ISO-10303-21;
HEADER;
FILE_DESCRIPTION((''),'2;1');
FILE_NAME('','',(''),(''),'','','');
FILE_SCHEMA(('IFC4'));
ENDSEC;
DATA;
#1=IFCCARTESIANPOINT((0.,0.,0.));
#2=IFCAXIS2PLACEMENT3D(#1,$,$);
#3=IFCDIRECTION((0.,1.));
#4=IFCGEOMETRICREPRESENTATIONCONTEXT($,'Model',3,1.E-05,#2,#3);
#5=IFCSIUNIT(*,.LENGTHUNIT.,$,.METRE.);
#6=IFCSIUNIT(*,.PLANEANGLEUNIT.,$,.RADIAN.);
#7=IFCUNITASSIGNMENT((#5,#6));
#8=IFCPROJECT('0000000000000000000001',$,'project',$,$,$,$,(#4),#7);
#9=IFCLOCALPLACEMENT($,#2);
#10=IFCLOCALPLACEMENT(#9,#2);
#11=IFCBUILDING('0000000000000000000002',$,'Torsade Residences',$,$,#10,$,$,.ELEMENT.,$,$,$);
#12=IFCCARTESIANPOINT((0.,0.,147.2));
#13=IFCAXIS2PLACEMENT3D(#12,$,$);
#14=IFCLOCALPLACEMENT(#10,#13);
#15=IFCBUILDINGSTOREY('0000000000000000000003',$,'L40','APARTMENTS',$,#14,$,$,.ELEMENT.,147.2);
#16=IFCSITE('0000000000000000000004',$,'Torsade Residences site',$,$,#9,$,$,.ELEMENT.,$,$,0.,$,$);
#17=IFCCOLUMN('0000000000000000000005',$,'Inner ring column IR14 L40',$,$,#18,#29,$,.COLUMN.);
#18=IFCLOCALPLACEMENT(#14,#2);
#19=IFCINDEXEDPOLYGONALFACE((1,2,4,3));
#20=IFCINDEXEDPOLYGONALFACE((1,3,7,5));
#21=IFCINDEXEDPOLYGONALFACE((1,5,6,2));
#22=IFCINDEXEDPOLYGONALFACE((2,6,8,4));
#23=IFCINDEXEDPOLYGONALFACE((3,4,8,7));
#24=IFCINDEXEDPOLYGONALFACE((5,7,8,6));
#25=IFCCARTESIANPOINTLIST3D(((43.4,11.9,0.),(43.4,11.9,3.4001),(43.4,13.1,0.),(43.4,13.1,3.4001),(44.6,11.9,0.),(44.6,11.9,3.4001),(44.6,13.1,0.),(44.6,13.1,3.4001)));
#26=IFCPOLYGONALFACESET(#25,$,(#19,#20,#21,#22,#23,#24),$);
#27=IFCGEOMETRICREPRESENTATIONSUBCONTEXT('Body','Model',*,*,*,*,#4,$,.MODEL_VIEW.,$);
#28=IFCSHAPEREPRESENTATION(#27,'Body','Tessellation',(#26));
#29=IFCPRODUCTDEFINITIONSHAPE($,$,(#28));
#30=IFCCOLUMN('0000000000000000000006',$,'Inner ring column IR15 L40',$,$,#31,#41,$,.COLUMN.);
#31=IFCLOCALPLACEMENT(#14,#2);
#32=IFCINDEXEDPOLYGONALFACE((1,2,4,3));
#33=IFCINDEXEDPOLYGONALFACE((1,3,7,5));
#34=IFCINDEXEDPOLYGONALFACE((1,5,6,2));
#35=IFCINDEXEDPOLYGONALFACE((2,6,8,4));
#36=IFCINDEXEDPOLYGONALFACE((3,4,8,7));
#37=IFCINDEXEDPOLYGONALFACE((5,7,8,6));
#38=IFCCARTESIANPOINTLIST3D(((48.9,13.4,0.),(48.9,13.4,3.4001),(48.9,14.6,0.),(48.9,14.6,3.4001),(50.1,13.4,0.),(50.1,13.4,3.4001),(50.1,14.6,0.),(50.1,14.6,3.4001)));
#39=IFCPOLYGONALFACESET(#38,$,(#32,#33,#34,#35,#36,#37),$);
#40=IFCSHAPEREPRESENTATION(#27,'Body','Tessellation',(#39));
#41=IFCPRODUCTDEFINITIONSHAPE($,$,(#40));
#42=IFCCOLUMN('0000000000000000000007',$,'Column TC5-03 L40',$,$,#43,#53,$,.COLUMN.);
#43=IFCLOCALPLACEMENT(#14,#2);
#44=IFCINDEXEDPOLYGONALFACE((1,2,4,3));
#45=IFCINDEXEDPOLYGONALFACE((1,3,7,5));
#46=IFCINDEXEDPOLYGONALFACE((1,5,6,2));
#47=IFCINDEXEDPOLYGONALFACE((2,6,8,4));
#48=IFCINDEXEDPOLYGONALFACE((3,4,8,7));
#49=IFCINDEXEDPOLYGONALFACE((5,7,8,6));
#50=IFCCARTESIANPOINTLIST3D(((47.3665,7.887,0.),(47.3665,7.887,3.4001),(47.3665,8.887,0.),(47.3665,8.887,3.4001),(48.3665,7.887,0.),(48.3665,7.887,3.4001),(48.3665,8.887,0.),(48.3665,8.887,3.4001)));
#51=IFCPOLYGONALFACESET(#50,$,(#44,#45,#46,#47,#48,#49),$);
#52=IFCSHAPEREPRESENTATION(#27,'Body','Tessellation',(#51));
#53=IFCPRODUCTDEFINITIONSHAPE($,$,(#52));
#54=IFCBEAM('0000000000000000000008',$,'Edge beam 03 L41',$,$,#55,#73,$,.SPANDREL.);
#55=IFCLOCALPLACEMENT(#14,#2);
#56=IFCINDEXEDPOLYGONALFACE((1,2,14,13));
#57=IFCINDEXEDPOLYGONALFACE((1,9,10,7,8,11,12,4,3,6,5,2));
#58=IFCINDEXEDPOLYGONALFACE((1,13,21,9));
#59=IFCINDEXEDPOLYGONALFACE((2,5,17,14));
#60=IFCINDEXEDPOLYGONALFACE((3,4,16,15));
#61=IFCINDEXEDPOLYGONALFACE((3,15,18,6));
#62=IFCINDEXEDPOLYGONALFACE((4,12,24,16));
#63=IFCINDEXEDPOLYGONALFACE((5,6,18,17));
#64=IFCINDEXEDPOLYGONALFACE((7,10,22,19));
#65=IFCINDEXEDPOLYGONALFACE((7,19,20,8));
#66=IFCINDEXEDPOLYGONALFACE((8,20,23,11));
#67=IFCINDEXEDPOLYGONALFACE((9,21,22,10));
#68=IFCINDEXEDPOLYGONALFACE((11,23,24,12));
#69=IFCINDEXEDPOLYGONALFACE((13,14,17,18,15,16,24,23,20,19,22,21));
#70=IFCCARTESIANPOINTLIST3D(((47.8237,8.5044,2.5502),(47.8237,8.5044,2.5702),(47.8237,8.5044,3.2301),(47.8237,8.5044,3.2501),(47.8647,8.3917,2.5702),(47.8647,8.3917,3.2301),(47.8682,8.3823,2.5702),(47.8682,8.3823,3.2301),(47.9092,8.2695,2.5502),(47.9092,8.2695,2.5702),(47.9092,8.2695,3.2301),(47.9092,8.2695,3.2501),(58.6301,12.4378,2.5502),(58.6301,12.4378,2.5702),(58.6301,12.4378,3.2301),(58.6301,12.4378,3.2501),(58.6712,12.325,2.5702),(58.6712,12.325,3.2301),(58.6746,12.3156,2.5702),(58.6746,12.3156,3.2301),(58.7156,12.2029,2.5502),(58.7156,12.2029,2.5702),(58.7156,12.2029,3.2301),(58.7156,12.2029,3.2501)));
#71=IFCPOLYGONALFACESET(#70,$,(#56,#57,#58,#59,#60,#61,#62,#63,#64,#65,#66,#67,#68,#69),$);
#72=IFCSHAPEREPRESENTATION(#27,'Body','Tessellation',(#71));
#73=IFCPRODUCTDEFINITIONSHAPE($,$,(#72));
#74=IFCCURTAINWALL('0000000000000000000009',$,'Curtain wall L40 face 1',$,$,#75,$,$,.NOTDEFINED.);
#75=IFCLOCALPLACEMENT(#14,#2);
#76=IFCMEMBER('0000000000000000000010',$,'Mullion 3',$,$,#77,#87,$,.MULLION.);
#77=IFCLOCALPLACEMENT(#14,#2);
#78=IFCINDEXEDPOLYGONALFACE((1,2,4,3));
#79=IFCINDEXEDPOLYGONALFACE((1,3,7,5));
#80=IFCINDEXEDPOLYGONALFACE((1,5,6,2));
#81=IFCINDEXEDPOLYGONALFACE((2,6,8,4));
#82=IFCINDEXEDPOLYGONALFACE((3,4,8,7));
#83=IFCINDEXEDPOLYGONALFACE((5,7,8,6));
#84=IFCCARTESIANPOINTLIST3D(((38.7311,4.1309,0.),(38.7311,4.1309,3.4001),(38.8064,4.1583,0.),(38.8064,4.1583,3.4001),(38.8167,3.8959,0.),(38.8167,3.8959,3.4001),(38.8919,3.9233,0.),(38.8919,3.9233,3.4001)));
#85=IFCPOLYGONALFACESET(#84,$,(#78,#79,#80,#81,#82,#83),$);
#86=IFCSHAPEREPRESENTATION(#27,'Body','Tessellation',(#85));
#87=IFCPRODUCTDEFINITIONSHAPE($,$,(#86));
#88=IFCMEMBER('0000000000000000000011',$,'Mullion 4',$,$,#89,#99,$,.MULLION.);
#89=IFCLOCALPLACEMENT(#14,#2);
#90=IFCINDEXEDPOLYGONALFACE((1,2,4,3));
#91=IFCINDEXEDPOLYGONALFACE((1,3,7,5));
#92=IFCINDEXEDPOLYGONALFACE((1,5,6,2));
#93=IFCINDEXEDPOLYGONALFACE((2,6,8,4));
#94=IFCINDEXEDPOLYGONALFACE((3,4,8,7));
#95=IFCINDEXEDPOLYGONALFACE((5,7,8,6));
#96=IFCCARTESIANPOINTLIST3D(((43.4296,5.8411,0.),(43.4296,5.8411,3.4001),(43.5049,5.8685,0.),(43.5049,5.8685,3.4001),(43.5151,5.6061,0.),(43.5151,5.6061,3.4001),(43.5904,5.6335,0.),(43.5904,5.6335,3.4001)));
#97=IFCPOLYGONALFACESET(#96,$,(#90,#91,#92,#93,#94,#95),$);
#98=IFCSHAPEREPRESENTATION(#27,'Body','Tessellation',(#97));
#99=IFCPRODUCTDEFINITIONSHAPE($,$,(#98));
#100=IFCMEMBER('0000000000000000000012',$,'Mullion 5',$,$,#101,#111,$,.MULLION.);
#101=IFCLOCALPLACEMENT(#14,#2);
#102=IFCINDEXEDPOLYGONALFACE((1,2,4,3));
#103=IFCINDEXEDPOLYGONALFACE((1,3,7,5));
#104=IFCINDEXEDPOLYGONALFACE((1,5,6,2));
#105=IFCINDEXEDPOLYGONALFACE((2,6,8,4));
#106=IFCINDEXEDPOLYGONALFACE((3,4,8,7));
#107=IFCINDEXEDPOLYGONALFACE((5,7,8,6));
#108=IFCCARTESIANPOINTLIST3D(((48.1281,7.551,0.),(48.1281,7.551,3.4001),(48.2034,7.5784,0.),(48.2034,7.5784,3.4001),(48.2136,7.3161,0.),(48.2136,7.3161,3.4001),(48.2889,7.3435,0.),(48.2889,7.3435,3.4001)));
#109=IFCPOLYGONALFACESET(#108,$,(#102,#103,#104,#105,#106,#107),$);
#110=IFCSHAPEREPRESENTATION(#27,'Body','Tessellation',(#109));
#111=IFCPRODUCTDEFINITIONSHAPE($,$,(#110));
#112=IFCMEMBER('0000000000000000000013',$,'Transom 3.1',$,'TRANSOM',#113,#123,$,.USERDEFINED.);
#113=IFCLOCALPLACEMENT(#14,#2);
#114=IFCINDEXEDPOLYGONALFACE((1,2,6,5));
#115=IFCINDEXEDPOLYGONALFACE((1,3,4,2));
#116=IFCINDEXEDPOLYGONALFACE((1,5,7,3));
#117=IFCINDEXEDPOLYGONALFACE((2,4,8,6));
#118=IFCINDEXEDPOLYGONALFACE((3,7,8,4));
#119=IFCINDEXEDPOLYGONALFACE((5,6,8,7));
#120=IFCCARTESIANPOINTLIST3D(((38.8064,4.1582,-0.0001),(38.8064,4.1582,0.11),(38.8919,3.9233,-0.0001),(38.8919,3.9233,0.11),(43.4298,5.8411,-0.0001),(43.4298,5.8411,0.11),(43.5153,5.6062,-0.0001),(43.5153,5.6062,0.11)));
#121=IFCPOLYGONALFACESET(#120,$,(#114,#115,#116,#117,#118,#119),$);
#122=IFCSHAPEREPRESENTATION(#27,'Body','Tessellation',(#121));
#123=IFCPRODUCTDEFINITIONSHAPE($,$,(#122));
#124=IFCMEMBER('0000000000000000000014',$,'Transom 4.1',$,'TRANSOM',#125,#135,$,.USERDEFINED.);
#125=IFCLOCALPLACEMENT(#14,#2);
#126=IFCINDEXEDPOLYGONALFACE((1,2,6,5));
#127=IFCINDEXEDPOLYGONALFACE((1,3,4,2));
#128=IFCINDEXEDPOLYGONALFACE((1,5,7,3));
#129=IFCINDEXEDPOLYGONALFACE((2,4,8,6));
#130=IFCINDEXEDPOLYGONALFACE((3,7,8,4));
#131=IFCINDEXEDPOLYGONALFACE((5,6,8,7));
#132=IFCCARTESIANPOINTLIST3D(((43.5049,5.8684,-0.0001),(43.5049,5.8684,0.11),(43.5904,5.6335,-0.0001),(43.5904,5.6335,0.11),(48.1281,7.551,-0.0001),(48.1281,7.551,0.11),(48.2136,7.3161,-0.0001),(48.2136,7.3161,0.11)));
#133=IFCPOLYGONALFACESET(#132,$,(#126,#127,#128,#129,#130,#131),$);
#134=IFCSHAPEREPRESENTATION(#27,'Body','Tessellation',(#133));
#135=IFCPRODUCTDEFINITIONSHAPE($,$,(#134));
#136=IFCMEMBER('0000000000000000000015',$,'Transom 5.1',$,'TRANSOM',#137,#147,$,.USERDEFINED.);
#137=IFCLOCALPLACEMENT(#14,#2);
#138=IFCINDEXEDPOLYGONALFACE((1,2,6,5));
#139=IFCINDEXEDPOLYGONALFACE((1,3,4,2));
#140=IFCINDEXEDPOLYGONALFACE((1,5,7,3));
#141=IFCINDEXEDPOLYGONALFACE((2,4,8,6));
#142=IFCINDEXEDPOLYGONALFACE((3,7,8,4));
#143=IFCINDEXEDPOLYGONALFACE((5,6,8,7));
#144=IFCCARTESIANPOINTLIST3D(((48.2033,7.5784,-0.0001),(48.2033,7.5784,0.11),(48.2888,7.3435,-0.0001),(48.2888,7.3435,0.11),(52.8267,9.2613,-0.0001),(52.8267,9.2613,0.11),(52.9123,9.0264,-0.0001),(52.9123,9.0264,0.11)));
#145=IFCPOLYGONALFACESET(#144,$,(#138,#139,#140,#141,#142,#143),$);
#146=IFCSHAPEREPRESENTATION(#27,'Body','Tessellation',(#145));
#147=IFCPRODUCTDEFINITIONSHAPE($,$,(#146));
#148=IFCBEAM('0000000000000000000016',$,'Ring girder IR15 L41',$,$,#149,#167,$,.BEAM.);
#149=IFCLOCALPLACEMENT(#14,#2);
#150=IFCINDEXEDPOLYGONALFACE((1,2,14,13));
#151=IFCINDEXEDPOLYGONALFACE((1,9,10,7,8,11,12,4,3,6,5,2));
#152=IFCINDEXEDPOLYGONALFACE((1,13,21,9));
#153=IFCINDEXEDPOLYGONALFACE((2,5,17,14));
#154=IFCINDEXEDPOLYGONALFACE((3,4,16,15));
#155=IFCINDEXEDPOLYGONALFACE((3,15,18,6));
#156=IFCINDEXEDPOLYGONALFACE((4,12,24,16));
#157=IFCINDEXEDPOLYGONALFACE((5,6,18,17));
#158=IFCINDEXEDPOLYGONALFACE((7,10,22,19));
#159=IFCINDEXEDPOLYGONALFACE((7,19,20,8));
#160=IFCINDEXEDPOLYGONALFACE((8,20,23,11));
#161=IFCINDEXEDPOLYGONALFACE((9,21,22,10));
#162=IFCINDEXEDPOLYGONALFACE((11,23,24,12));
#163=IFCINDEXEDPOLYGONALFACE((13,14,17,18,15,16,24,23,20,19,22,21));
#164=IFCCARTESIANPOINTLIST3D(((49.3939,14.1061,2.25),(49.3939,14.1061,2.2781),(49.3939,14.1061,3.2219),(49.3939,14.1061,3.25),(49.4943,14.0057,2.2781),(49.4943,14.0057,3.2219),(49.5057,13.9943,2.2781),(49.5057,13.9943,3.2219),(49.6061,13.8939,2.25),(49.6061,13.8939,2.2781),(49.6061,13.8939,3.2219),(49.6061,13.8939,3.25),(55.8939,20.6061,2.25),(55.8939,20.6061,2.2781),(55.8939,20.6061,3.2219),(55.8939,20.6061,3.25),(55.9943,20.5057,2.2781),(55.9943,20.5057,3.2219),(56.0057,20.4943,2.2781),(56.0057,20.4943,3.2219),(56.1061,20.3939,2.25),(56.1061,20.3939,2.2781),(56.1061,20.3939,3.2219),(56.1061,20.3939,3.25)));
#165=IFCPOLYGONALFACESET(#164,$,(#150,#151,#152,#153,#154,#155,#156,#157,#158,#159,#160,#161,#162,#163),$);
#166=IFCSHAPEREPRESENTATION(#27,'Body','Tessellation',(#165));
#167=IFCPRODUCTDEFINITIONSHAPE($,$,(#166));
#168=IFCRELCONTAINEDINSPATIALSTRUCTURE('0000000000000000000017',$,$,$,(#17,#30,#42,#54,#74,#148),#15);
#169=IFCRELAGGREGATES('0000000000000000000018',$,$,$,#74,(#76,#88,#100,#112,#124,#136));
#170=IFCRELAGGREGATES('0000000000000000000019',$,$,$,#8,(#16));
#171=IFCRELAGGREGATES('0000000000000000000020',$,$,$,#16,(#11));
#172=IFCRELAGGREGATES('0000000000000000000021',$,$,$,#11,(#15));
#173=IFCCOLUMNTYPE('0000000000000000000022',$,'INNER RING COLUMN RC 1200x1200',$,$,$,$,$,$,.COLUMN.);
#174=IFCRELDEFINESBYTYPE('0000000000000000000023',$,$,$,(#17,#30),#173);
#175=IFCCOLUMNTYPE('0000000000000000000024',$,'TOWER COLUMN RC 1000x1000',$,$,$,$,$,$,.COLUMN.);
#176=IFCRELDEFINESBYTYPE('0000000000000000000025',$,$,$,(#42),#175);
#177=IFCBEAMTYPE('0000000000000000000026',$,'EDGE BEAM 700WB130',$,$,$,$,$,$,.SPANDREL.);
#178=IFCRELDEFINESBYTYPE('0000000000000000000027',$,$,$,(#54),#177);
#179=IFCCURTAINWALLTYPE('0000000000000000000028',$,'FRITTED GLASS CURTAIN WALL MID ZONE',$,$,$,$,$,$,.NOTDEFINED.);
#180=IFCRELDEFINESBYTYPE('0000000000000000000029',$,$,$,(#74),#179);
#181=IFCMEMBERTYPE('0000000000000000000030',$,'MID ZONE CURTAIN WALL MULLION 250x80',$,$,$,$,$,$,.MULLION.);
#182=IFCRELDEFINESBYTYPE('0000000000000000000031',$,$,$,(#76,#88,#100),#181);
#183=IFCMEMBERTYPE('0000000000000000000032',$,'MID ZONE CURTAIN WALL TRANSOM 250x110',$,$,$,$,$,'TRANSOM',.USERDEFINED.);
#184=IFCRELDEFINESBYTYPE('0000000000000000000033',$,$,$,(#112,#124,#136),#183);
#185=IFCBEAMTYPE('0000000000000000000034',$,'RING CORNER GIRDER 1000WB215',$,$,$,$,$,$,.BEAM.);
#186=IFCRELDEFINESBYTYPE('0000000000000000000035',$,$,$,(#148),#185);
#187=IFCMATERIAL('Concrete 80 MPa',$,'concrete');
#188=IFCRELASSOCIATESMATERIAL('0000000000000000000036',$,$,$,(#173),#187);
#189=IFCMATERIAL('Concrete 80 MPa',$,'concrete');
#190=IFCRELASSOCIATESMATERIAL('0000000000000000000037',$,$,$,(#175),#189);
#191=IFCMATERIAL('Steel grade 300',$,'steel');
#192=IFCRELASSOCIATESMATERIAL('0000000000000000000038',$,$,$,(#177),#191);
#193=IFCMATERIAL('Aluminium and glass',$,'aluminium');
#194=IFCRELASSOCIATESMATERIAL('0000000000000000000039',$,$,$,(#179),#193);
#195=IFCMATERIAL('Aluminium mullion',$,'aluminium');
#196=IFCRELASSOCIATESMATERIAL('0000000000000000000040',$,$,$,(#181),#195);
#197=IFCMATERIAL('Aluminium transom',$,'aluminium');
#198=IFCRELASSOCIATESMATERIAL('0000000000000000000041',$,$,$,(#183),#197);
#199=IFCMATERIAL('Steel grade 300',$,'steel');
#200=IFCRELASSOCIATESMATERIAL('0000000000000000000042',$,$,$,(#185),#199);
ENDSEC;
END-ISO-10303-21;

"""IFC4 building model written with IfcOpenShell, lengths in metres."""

from ifc_helpers import new_model, si_unit, direction, frame, origin, origin_2d, place, context, subcontext, project, spatial, rectangle, i_section, extrude, material, material_profile, profile_set, type_object, element, aggregate, save


model = new_model("IFC4")

# Units and contexts
model_context = context("Model", 3, precision=1e-05, world=origin(), true_north=direction((0.0, 1.0)))
body_context = subcontext(model_context, "Body", "Model", "MODEL_VIEW")
ifc_project = project(units=[si_unit("LENGTHUNIT", "METRE"), si_unit("PLANEANGLEUNIT", "RADIAN")], contexts=[model_context])

# Site, building, storey
site_placement = place(None, origin())
site = spatial("IfcSite", under=ifc_project, at=site_placement, Name="Torsade Residences site", CompositionType="ELEMENT", RefElevation=0.0)
building_placement = place(site_placement, origin())
building = spatial("IfcBuilding", under=site, at=building_placement, Name="Torsade Residences", CompositionType="ELEMENT")
storey_placement = place(building_placement, frame((0.0, 0.0, 147.2)))
storey = spatial("IfcBuildingStorey", under=building, at=storey_placement, Name="L40", Description="APARTMENTS", CompositionType="ELEMENT", Elevation=147.2)

# Columns
ifc_material_1 = material(Name="Concrete 80 MPa", Category="concrete")
ifc_material_profile_1 = material_profile(ifc_material_1, rectangle(XDim=1.2, YDim=1.2, at=origin_2d()), Name="RC 1200x1200")
ifc_profile_set_1 = profile_set([ifc_material_profile_1], Name="Concrete 80 MPa")
column_type_1 = type_object("IfcColumnType", Name="INNER RING COLUMN RC 1200x1200", PredefinedType="COLUMN", material=ifc_profile_set_1)
for number, where, z_axis, x_axis, name in (
    (1, (44.0, 12.5, 0.0), (0.0, 0.0, 1.0), (1.0, 0.0, 0.0), "Inner ring column IR14 L40"),
    (2, (49.5, 14.0, 0.0), (0.0, 0.0, 1.0), (1.0, 0.0, 0.0), "Inner ring column IR15 L40"),
):
    element("IfcColumn", number, at=place(storey_placement, frame(where, z_axis=z_axis, x_axis=x_axis)), inside=storey, type_object=column_type_1, Name=name, PredefinedType="COLUMN", context=body_context, shape_type="SweptSolid", body=[
        extrude(rectangle(XDim=1.2, YDim=1.2, at=origin_2d()), origin(), (0.0, 0.0, 1.0), 3.4001),
    ])
ifc_material_2 = material(Name="Concrete 80 MPa", Category="concrete")
ifc_material_profile_2 = material_profile(ifc_material_2, rectangle(XDim=1.0, YDim=1.0, at=origin_2d()), Name="RC 1000x1000")
ifc_profile_set_2 = profile_set([ifc_material_profile_2], Name="Concrete 80 MPa")
column_type_2 = type_object("IfcColumnType", Name="TOWER COLUMN RC 1000x1000", PredefinedType="COLUMN", material=ifc_profile_set_2)
column_placement = place(storey_placement, frame((47.8665, 8.387, 0.0), z_axis=(0.0, 0.0, 1.0), x_axis=(1.0, 0.0, 0.0)))
element("IfcColumn", 3, at=column_placement, inside=storey, type_object=column_type_2, Name="Column TC5-03 L40", PredefinedType="COLUMN", context=body_context, shape_type="SweptSolid", body=[
    extrude(rectangle(XDim=1.0, YDim=1.0, at=origin_2d()), origin(), (0.0, 0.0, 1.0), 3.4001),
])

# Beam
ifc_material_3 = material(Name="Steel grade 300", Category="steel")
ifc_material_profile_3 = material_profile(ifc_material_3, i_section(OverallWidth=0.25, OverallDepth=0.7, WebThickness=0.01, FlangeThickness=0.02, at=origin_2d()), Name="700WB130")
ifc_profile_set_3 = profile_set([ifc_material_profile_3], Name="Steel grade 300")
beam_type_1 = type_object("IfcBeamType", Name="EDGE BEAM 700WB130", PredefinedType="SPANDREL", material=ifc_profile_set_3)
beam_1_placement = place(storey_placement, frame((47.8665, 8.387, 2.9001), z_axis=(0.939689, 0.342031, 0.0), x_axis=(-0.342031, 0.939689, 0.0)))
element("IfcBeam", 4, at=beam_1_placement, inside=storey, type_object=beam_type_1, Name="Edge beam 03 L41", PredefinedType="SPANDREL", context=body_context, shape_type="SweptSolid", body=[
    extrude(i_section(OverallWidth=0.25, OverallDepth=0.7, WebThickness=0.01, FlangeThickness=0.02, at=origin_2d()), origin(), (0.0, 0.0, 1.0), 11.5),
])

# Curtain wall, members
ifc_material_4 = material(Name="Aluminium and glass", Category="aluminium")
curtain_wall_type = type_object("IfcCurtainWallType", Name="FRITTED GLASS CURTAIN WALL MID ZONE", PredefinedType="NOTDEFINED", material=ifc_material_4)
curtain_wall_placement = place(storey_placement, origin())
curtain_wall = element("IfcCurtainWall", 5, at=curtain_wall_placement, inside=storey, type_object=curtain_wall_type, Name="Curtain wall L40 face 1", PredefinedType="NOTDEFINED")
ifc_material_5 = material(Name="Aluminium mullion", Category="aluminium")
ifc_material_profile_4 = material_profile(ifc_material_5, rectangle(XDim=0.25, YDim=0.0801, at=origin_2d()), Name="MID ZONE CURTAIN WALL MULLION 250x80")
ifc_profile_set_4 = profile_set([ifc_material_profile_4], Name="Aluminium mullion")
member_type_1 = type_object("IfcMemberType", Name="MID ZONE CURTAIN WALL MULLION 250x80", PredefinedType="MULLION", material=ifc_profile_set_4)
member_1_placement = place(storey_placement, frame((38.8115, 4.0271, 0.0), z_axis=(0.0, 0.0, 1.0), x_axis=(-0.34202, 0.939693, 0.0)))
member_1 = element("IfcMember", 6, at=member_1_placement, type_object=member_type_1, Name="Mullion 3", PredefinedType="MULLION", context=body_context, shape_type="SweptSolid", body=[
    extrude(rectangle(XDim=0.25, YDim=0.0801, at=origin_2d()), origin(), (0.0, 0.0, 1.0), 3.4001),
])
member_2_placement = place(storey_placement, frame((43.51, 5.7373, 0.0), z_axis=(0.0, 0.0, 1.0), x_axis=(-0.34202, 0.939693, 0.0)))
member_2 = element("IfcMember", 7, at=member_2_placement, type_object=member_type_1, Name="Mullion 4", PredefinedType="MULLION", context=body_context, shape_type="SweptSolid", body=[
    extrude(rectangle(XDim=0.25, YDim=0.0801, at=origin_2d()), origin(), (0.0, 0.0, 1.0), 3.4001),
])
member_3_placement = place(storey_placement, frame((48.2085, 7.4473, 0.0), z_axis=(0.0, 0.0, 1.0), x_axis=(-0.34202, 0.939693, 0.0)))
member_3 = element("IfcMember", 8, at=member_3_placement, type_object=member_type_1, Name="Mullion 5", PredefinedType="MULLION", context=body_context, shape_type="SweptSolid", body=[
    extrude(rectangle(XDim=0.25, YDim=0.0801, at=origin_2d()), origin(), (0.0, 0.0, 1.0), 3.4001),
])
ifc_material_6 = material(Name="Aluminium transom", Category="aluminium")
ifc_material_profile_5 = material_profile(ifc_material_6, rectangle(XDim=0.25, YDim=0.1101, at=origin_2d()), Name="MID ZONE CURTAIN WALL TRANSOM 250x110")
ifc_profile_set_5 = profile_set([ifc_material_profile_5], Name="Aluminium transom")
member_type_2 = type_object("IfcMemberType", Name="MID ZONE CURTAIN WALL TRANSOM 250x110", ElementType="TRANSOM", PredefinedType="USERDEFINED", material=ifc_profile_set_5)
member_4_placement = place(storey_placement, frame((38.8491, 4.0408, 0.0549), z_axis=(0.939685, 0.342042, 0.0), x_axis=(-0.342042, 0.939685, 0.0)))
member_4 = element("IfcMember", 9, at=member_4_placement, type_object=member_type_2, Name="Transom 3.1", ObjectType="TRANSOM", PredefinedType="USERDEFINED", context=body_context, shape_type="SweptSolid", body=[
    extrude(rectangle(XDim=0.25, YDim=0.1101, at=origin_2d()), origin(), (0.0, 0.0, 1.0), 4.9202),
])
member_5_placement = place(storey_placement, frame((43.5476, 5.751, 0.0549), z_axis=(0.939701, 0.341998, 0.0), x_axis=(-0.341998, 0.939701, 0.0)))
member_5 = element("IfcMember", 10, at=member_5_placement, type_object=member_type_2, Name="Transom 4.1", ObjectType="TRANSOM", PredefinedType="USERDEFINED", context=body_context, shape_type="SweptSolid", body=[
    extrude(rectangle(XDim=0.25, YDim=0.1101, at=origin_2d()), origin(), (0.0, 0.0, 1.0), 4.9199),
])
member_6_placement = place(storey_placement, frame((48.2461, 7.4609, 0.0549), z_axis=(0.939685, 0.342042, 0.0), x_axis=(-0.342042, 0.939685, 0.0)))
member_6 = element("IfcMember", 11, at=member_6_placement, type_object=member_type_2, Name="Transom 5.1", ObjectType="TRANSOM", PredefinedType="USERDEFINED", context=body_context, shape_type="SweptSolid", body=[
    extrude(rectangle(XDim=0.25, YDim=0.1101, at=origin_2d()), origin(), (0.0, 0.0, 1.0), 4.9202),
])

# Beam
ifc_material_7 = material(Name="Steel grade 300", Category="steel")
ifc_material_profile_6 = material_profile(ifc_material_7, i_section(OverallWidth=0.3, OverallDepth=1.0, WebThickness=0.0161, FlangeThickness=0.0281, at=origin_2d()), Name="1000WB215")
ifc_profile_set_6 = profile_set([ifc_material_profile_6], Name="Steel grade 300")
beam_type_2 = type_object("IfcBeamType", Name="RING CORNER GIRDER 1000WB215", PredefinedType="BEAM", material=ifc_profile_set_6)
beam_2_placement = place(storey_placement, frame((49.5, 14.0, 2.75), z_axis=(0.707107, 0.707107, 0.0), x_axis=(-0.707107, 0.707107, 0.0)))
element("IfcBeam", 12, at=beam_2_placement, inside=storey, type_object=beam_type_2, Name="Ring girder IR15 L41", PredefinedType="BEAM", context=body_context, shape_type="SweptSolid", body=[
    extrude(i_section(OverallWidth=0.3, OverallDepth=1.0, WebThickness=0.0161, FlangeThickness=0.0281, at=origin_2d()), origin(), (0.0, 0.0, 1.0), 9.1924),
])

aggregate(curtain_wall, [member_1, member_2, member_3, member_4, member_5, member_6])

save(model, "model.ifc")
